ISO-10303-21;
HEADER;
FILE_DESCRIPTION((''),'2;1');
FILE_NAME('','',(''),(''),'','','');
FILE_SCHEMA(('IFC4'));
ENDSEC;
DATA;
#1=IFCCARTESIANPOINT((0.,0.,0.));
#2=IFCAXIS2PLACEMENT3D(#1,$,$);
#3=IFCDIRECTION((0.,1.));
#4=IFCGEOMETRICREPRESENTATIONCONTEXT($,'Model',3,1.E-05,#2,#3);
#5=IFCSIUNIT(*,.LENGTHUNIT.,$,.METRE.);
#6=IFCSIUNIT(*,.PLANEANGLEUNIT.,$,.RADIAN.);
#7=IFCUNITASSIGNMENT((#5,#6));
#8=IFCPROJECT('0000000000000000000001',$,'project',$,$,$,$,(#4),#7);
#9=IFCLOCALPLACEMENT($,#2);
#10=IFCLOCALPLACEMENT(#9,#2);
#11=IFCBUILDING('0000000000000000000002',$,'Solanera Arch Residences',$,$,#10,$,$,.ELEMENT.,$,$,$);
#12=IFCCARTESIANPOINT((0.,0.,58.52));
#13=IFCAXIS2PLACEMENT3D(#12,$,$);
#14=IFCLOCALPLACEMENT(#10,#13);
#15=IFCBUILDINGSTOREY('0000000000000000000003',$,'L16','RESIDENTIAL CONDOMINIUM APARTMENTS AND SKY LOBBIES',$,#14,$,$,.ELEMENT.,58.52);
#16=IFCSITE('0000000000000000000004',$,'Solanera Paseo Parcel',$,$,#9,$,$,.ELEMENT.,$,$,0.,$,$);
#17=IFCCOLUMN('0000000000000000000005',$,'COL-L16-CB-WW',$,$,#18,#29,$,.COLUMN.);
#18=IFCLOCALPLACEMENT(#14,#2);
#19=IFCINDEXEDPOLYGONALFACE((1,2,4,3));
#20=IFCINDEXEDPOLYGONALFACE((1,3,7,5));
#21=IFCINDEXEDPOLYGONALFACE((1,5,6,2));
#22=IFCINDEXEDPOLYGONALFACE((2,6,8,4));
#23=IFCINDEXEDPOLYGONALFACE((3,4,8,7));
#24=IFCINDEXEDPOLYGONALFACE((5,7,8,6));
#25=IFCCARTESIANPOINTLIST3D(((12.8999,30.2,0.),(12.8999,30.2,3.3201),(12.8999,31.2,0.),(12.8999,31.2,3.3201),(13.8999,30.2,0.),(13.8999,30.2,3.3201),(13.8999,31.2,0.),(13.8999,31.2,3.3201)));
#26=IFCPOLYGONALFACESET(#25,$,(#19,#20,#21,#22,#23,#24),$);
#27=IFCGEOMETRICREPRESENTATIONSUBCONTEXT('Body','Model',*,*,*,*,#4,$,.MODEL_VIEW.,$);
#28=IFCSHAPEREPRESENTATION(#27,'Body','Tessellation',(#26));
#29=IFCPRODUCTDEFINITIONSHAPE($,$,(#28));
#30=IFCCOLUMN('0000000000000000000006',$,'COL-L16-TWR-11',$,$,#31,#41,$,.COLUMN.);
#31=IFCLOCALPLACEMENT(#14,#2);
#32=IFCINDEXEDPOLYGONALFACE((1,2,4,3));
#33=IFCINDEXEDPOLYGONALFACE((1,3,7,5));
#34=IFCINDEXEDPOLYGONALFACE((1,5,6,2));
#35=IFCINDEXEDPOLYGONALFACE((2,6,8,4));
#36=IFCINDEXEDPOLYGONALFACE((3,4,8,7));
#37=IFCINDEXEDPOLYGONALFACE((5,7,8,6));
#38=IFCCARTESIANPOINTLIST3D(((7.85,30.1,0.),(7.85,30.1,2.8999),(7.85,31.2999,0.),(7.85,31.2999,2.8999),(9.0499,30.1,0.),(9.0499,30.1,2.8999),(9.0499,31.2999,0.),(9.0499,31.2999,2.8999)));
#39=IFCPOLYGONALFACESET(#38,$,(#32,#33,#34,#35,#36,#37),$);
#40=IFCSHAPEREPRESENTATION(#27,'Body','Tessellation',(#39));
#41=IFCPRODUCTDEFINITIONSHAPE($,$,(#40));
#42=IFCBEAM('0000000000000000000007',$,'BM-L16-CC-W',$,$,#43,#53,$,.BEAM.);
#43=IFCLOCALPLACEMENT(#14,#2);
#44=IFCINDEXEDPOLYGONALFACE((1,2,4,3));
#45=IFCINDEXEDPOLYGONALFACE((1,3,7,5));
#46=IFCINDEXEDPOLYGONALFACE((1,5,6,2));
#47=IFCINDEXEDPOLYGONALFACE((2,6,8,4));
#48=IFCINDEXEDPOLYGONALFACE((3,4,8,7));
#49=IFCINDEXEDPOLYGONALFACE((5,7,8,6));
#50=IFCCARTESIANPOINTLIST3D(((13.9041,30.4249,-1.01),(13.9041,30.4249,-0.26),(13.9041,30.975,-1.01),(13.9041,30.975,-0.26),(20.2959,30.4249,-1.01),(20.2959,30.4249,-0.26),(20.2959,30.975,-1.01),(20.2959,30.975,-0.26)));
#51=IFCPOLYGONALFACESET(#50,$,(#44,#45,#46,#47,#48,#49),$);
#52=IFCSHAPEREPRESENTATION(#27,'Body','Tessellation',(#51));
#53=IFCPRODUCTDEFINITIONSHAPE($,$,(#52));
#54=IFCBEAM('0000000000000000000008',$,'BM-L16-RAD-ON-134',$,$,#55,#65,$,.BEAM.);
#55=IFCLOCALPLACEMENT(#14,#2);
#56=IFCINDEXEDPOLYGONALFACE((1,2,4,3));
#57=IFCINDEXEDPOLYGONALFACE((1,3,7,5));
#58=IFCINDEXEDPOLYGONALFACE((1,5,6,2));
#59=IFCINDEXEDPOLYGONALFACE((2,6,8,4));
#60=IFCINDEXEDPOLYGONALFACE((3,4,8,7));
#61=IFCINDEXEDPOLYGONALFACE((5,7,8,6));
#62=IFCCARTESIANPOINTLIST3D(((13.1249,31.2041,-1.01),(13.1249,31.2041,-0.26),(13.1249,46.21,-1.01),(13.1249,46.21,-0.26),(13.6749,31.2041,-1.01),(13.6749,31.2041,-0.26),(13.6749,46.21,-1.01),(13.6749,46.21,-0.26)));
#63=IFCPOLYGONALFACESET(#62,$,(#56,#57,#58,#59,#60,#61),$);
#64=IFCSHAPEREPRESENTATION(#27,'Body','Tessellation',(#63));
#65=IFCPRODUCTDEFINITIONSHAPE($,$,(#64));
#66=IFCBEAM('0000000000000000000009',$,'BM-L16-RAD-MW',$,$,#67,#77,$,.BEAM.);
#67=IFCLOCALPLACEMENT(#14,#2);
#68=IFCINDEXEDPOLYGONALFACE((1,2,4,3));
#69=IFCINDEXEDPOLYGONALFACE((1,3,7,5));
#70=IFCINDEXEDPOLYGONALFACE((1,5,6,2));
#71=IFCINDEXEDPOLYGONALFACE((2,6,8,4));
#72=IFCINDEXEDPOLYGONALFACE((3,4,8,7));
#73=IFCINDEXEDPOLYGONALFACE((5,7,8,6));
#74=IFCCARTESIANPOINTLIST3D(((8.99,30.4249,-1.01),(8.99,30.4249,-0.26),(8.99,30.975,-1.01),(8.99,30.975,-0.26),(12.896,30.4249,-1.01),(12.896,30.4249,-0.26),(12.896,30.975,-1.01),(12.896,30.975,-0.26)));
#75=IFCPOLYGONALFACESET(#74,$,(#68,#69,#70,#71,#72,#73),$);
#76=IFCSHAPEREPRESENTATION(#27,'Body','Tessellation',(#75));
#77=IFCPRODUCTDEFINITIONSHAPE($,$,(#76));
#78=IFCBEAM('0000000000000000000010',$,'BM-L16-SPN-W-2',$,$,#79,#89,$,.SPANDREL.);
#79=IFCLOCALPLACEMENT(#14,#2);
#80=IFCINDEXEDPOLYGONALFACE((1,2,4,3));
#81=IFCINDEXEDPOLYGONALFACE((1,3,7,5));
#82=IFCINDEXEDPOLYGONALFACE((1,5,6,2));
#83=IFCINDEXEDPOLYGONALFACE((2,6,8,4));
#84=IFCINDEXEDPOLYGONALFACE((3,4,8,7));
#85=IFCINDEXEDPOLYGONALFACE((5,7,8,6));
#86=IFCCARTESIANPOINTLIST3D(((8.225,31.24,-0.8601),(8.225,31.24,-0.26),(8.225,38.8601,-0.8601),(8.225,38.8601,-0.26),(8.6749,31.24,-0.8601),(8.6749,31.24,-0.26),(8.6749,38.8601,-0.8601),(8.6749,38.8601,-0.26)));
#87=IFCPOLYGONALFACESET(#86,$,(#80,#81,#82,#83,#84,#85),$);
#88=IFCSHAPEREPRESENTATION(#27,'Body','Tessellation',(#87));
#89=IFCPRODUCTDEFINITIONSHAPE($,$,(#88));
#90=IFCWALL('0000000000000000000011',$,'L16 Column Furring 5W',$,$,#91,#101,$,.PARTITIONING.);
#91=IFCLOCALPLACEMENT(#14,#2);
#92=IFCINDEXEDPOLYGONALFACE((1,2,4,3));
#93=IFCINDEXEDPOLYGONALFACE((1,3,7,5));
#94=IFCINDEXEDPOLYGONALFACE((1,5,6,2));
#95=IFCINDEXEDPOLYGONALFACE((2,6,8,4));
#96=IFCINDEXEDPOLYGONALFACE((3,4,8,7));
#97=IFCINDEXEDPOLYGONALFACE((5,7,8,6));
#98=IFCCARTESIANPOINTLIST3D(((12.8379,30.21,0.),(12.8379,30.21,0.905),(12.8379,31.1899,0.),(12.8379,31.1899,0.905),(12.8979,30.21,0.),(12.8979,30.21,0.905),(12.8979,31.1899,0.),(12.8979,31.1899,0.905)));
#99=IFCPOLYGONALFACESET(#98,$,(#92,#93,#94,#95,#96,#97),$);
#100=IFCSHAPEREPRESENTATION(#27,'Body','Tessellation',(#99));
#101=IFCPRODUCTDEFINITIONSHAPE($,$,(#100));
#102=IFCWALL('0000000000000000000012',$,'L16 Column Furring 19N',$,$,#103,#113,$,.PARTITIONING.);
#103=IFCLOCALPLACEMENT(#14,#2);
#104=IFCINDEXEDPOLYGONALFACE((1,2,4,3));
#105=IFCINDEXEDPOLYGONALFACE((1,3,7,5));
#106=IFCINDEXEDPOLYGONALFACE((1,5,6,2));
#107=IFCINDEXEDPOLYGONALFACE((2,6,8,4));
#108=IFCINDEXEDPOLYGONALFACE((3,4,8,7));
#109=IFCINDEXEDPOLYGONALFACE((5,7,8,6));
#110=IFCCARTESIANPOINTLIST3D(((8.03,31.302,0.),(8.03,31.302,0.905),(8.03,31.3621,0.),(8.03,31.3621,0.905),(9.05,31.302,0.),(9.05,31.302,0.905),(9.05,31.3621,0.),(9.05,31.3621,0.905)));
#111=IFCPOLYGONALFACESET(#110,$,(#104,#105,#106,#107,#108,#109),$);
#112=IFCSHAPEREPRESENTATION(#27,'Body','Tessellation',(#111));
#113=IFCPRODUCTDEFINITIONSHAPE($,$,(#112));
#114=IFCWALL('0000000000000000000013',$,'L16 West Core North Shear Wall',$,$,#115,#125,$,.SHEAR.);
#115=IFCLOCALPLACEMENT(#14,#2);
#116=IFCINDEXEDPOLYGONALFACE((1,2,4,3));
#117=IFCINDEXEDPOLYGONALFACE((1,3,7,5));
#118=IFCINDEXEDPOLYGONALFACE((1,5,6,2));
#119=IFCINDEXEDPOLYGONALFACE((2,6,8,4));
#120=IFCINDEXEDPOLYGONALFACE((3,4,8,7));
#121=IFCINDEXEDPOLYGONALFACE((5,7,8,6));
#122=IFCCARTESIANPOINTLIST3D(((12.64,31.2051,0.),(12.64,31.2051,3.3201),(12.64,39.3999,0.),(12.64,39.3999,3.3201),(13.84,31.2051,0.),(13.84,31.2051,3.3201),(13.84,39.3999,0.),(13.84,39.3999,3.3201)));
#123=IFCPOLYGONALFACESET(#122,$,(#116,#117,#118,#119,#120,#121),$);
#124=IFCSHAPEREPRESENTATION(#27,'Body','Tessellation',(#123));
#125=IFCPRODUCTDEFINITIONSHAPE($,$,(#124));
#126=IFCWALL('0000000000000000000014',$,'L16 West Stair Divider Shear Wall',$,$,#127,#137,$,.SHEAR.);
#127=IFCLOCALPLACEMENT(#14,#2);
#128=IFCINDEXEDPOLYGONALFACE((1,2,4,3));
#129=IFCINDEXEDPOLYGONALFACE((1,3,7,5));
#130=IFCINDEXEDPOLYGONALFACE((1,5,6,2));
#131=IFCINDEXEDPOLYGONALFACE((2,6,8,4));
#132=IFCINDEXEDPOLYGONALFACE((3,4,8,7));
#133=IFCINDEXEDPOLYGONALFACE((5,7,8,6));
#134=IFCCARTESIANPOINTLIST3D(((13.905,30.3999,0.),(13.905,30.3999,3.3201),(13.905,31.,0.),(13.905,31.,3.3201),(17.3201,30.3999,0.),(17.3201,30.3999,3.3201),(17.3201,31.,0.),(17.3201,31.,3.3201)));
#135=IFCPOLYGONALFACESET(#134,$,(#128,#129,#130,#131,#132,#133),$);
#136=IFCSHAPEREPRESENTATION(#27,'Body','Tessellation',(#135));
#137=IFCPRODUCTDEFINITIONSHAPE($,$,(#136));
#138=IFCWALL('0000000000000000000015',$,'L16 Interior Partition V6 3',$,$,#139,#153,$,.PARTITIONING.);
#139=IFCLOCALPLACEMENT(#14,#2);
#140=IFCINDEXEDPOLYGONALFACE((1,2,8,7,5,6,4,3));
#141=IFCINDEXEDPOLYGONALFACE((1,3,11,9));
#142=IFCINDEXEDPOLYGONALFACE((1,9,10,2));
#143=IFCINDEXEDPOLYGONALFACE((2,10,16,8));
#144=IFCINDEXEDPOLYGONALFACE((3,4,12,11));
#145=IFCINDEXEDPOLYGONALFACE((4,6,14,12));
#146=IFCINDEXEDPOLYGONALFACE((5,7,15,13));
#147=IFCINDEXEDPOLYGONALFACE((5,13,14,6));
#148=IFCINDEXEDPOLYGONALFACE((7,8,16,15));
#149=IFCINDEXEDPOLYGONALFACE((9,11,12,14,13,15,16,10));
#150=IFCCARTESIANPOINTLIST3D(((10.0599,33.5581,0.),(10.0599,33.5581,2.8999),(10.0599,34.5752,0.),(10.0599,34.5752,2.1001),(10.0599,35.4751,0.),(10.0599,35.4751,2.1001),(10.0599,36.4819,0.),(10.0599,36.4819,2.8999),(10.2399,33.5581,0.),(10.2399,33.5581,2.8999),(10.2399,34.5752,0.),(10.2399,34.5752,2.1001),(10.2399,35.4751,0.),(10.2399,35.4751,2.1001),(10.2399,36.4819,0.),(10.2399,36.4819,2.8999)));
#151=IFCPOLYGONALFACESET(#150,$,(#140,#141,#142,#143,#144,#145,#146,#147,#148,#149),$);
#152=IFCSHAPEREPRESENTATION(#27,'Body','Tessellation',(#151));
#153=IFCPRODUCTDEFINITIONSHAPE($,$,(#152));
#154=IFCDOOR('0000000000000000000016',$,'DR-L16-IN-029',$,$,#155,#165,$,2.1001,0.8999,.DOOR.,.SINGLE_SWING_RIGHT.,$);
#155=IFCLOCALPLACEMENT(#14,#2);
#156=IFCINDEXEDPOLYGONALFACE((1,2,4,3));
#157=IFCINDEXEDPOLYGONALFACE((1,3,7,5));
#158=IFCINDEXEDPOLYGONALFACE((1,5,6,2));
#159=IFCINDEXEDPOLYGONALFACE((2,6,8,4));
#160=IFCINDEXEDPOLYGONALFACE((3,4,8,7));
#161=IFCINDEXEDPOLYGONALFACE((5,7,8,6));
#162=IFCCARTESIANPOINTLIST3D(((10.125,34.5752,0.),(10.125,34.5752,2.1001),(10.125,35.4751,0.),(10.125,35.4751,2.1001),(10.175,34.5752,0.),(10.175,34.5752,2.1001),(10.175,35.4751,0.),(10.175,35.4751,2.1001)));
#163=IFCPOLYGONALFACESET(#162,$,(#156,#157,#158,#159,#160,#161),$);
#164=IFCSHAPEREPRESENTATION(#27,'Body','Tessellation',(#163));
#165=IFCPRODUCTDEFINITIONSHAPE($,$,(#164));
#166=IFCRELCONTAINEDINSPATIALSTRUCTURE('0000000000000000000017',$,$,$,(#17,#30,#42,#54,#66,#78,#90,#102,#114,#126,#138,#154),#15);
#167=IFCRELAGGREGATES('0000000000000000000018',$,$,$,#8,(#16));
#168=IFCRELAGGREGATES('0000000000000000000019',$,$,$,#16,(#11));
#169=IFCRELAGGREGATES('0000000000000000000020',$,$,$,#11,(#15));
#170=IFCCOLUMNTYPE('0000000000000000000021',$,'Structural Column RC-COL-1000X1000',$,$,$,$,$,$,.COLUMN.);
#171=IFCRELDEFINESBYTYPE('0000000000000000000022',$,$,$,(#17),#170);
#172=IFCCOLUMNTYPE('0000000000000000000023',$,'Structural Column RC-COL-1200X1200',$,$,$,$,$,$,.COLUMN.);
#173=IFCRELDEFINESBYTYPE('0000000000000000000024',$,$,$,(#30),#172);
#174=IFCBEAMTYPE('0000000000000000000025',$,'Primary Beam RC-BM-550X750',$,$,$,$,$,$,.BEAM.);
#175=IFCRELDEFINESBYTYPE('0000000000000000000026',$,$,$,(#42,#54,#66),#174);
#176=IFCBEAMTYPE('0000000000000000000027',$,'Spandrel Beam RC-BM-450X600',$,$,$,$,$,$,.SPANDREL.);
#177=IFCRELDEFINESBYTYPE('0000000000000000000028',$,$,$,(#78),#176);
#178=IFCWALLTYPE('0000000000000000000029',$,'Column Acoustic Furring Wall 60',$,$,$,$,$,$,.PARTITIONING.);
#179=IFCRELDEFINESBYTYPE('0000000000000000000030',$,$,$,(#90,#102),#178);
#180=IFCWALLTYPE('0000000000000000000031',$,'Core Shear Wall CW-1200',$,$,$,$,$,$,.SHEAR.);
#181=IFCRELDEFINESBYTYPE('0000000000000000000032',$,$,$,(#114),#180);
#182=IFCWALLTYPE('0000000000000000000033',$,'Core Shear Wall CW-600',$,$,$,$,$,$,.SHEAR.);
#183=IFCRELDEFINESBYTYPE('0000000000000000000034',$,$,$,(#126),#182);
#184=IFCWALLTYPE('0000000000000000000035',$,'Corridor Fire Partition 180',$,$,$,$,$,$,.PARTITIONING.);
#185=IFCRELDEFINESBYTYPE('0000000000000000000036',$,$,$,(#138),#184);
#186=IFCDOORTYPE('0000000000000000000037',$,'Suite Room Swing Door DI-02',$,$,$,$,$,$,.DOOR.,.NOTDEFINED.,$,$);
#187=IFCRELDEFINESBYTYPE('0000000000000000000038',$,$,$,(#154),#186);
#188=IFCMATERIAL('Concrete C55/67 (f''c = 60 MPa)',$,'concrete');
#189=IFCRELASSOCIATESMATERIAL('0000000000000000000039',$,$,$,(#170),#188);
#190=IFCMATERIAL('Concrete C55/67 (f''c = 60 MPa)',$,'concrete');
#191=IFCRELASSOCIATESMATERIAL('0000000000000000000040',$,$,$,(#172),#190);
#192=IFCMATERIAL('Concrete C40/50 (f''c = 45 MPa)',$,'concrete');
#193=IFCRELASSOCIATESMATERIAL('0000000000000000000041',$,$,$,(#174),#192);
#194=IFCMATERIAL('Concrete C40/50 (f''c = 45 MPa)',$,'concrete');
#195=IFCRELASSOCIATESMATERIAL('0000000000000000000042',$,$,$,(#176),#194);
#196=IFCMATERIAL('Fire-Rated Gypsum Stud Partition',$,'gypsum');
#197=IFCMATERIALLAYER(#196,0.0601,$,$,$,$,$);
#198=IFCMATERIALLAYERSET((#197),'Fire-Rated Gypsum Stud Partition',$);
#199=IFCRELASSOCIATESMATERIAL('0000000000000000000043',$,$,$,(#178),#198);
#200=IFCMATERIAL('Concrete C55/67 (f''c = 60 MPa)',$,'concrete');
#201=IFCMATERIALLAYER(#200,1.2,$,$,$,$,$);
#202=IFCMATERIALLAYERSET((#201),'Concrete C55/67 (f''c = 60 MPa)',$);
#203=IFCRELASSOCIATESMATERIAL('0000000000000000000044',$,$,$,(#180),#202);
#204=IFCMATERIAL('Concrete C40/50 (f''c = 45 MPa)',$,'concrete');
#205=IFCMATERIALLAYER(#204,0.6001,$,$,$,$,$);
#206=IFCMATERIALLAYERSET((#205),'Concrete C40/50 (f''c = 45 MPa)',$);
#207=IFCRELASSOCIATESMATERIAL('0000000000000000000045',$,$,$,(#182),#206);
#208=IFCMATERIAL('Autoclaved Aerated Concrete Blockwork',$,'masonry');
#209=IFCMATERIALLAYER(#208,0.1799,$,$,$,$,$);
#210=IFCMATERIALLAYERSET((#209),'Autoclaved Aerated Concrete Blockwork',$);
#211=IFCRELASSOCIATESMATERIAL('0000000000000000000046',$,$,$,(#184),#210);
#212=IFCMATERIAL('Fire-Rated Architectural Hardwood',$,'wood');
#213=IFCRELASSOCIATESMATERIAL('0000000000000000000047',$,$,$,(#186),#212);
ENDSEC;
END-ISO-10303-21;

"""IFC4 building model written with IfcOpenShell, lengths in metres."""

from ifc_helpers import new_model, si_unit, direction, frame, frame_2d, origin, origin_2d, place, context, subcontext, project, spatial, rectangle, extrude, material, layer, layer_set, material_profile, profile_set, type_object, element, fill, save


model = new_model("IFC4")

# Units and contexts
model_context = context("Model", 3, precision=1e-05, world=origin(), true_north=direction((0.0, 1.0)))
body_context = subcontext(model_context, "Body", "Model", "MODEL_VIEW")
ifc_project = project(units=[si_unit("LENGTHUNIT", "METRE"), si_unit("PLANEANGLEUNIT", "RADIAN")], contexts=[model_context])

# Site, building, storey
site_placement = place(None, origin())
site = spatial("IfcSite", under=ifc_project, at=site_placement, Name="Solanera Paseo Parcel", CompositionType="ELEMENT", RefElevation=0.0)
building_placement = place(site_placement, origin())
building = spatial("IfcBuilding", under=site, at=building_placement, Name="Solanera Arch Residences", CompositionType="ELEMENT")
storey_placement = place(building_placement, frame((0.0, 0.0, 58.52)))
storey = spatial("IfcBuildingStorey", under=building, at=storey_placement, Name="L16", Description="RESIDENTIAL CONDOMINIUM APARTMENTS AND SKY LOBBIES", CompositionType="ELEMENT", Elevation=58.52)

# Columns
ifc_material_1 = material(Name="Concrete C55/67 (f'c = 60 MPa)", Category="concrete")
ifc_material_profile_1 = material_profile(ifc_material_1, rectangle(XDim=1.0, YDim=1.0, at=origin_2d()))
ifc_profile_set_1 = profile_set([ifc_material_profile_1], Name="Concrete C55/67 (f'c = 60 MPa)")
column_type_1 = type_object("IfcColumnType", Name="Structural Column RC-COL-1000X1000", PredefinedType="COLUMN", material=ifc_profile_set_1)
column_1_placement = place(storey_placement, frame((13.3999, 30.7, 0.0), z_axis=(0.0, 0.0, 1.0), x_axis=(1.0, 0.0, 0.0)))
element("IfcColumn", 1, at=column_1_placement, inside=storey, type_object=column_type_1, Name="COL-L16-CB-WW", PredefinedType="COLUMN", context=body_context, shape_type="SweptSolid", body=[
    extrude(rectangle(XDim=1.0, YDim=1.0, at=origin_2d()), origin(), (0.0, 0.0, 1.0), 3.3201),
])
ifc_material_2 = material(Name="Concrete C55/67 (f'c = 60 MPa)", Category="concrete")
ifc_material_profile_2 = material_profile(ifc_material_2, rectangle(XDim=1.2, YDim=1.2, at=origin_2d()))
ifc_profile_set_2 = profile_set([ifc_material_profile_2], Name="Concrete C55/67 (f'c = 60 MPa)")
column_type_2 = type_object("IfcColumnType", Name="Structural Column RC-COL-1200X1200", PredefinedType="COLUMN", material=ifc_profile_set_2)
column_2_placement = place(storey_placement, frame((8.45, 30.7, 0.0), z_axis=(0.0, 0.0, 1.0), x_axis=(1.0, 0.0, 0.0)))
element("IfcColumn", 2, at=column_2_placement, inside=storey, type_object=column_type_2, Name="COL-L16-TWR-11", PredefinedType="COLUMN", context=body_context, shape_type="SweptSolid", body=[
    extrude(rectangle(XDim=1.2, YDim=1.2, at=origin_2d()), origin(), (0.0, 0.0, 1.0), 2.8999),
])

# Beams
ifc_material_3 = material(Name="Concrete C40/50 (f'c = 45 MPa)", Category="concrete")
ifc_material_profile_3 = material_profile(ifc_material_3, rectangle(XDim=0.55, YDim=0.75, at=origin_2d()))
ifc_profile_set_3 = profile_set([ifc_material_profile_3], Name="Concrete C40/50 (f'c = 45 MPa)")
beam_type_1 = type_object("IfcBeamType", Name="Primary Beam RC-BM-550X750", PredefinedType="BEAM", material=ifc_profile_set_3)
beam_1_placement = place(storey_placement, frame((13.9041, 30.7, -0.635), z_axis=(1.0, 0.0, 0.0), x_axis=(0.0, 1.0, 0.0)))
element("IfcBeam", 3, at=beam_1_placement, inside=storey, type_object=beam_type_1, Name="BM-L16-CC-W", PredefinedType="BEAM", context=body_context, shape_type="SweptSolid", body=[
    extrude(rectangle(XDim=0.55, YDim=0.75, at=origin_2d()), origin(), (0.0, 0.0, 1.0), 6.3918),
])
beam_2_placement = place(storey_placement, frame((13.3999, 31.2041, -0.635), z_axis=(0.0, 1.0, 0.0), x_axis=(-1.0, 0.0, 0.0)))
element("IfcBeam", 4, at=beam_2_placement, inside=storey, type_object=beam_type_1, Name="BM-L16-RAD-ON-134", PredefinedType="BEAM", context=body_context, shape_type="SweptSolid", body=[
    extrude(rectangle(XDim=0.55, YDim=0.75, at=origin_2d()), origin(), (0.0, 0.0, 1.0), 15.0059),
])
beam_3_placement = place(storey_placement, frame((8.99, 30.7, -0.635), z_axis=(1.0, 0.0, 0.0), x_axis=(0.0, 1.0, 0.0)))
element("IfcBeam", 5, at=beam_3_placement, inside=storey, type_object=beam_type_1, Name="BM-L16-RAD-MW", PredefinedType="BEAM", context=body_context, shape_type="SweptSolid", body=[
    extrude(rectangle(XDim=0.55, YDim=0.75, at=origin_2d()), origin(), (0.0, 0.0, 1.0), 3.906),
])
ifc_material_4 = material(Name="Concrete C40/50 (f'c = 45 MPa)", Category="concrete")
ifc_material_profile_4 = material_profile(ifc_material_4, rectangle(XDim=0.45, YDim=0.6001, at=origin_2d()))
ifc_profile_set_4 = profile_set([ifc_material_profile_4], Name="Concrete C40/50 (f'c = 45 MPa)")
beam_type_2 = type_object("IfcBeamType", Name="Spandrel Beam RC-BM-450X600", PredefinedType="SPANDREL", material=ifc_profile_set_4)
beam_4_placement = place(storey_placement, frame((8.45, 31.24, -0.5601), z_axis=(0.0, 1.0, 0.0), x_axis=(-1.0, 0.0, 0.0)))
element("IfcBeam", 6, at=beam_4_placement, inside=storey, type_object=beam_type_2, Name="BM-L16-SPN-W-2", PredefinedType="SPANDREL", context=body_context, shape_type="SweptSolid", body=[
    extrude(rectangle(XDim=0.45, YDim=0.6001, at=origin_2d()), origin(), (0.0, 0.0, 1.0), 7.6201),
])

# Walls
ifc_material_5 = material(Name="Fire-Rated Gypsum Stud Partition", Category="gypsum")
ifc_layer_1 = layer(ifc_material_5, 0.0601)
ifc_layer_set_1 = layer_set([ifc_layer_1], Name="Fire-Rated Gypsum Stud Partition")
wall_type_1 = type_object("IfcWallType", Name="Column Acoustic Furring Wall 60", PredefinedType="PARTITIONING", material=ifc_layer_set_1)
wall_1_placement = place(storey_placement, frame((12.8679, 30.21, 0.0), z_axis=(0.0, 0.0, 1.0), x_axis=(0.0, 1.0, 0.0)))
element("IfcWall", 7, at=wall_1_placement, inside=storey, type_object=wall_type_1, Name="L16 Column Furring 5W", PredefinedType="PARTITIONING", context=body_context, shape_type="SweptSolid", body=[
    extrude(rectangle(XDim=0.98, YDim=0.0601, at=frame_2d((0.49, 0.0))), origin(), (0.0, 0.0, 1.0), 0.905),
])
wall_2_placement = place(storey_placement, frame((8.03, 31.332, 0.0), z_axis=(0.0, 0.0, 1.0), x_axis=(1.0, 0.0, 0.0)))
element("IfcWall", 8, at=wall_2_placement, inside=storey, type_object=wall_type_1, Name="L16 Column Furring 19N", PredefinedType="PARTITIONING", context=body_context, shape_type="SweptSolid", body=[
    extrude(rectangle(XDim=1.02, YDim=0.0601, at=frame_2d((0.51, 0.0))), origin(), (0.0, 0.0, 1.0), 0.905),
])
ifc_material_6 = material(Name="Concrete C55/67 (f'c = 60 MPa)", Category="concrete")
ifc_layer_2 = layer(ifc_material_6, 1.2)
ifc_layer_set_2 = layer_set([ifc_layer_2], Name="Concrete C55/67 (f'c = 60 MPa)")
wall_type_2 = type_object("IfcWallType", Name="Core Shear Wall CW-1200", PredefinedType="SHEAR", material=ifc_layer_set_2)
wall_3_placement = place(storey_placement, frame((13.24, 31.2051, 0.0), z_axis=(0.0, 0.0, 1.0), x_axis=(0.0, 1.0, 0.0)))
element("IfcWall", 9, at=wall_3_placement, inside=storey, type_object=wall_type_2, Name="L16 West Core North Shear Wall", PredefinedType="SHEAR", context=body_context, shape_type="SweptSolid", body=[
    extrude(rectangle(XDim=8.1948, YDim=1.2, at=frame_2d((4.0974, 0.0))), origin(), (0.0, 0.0, 1.0), 3.3201),
])
ifc_material_7 = material(Name="Concrete C40/50 (f'c = 45 MPa)", Category="concrete")
ifc_layer_3 = layer(ifc_material_7, 0.6001)
ifc_layer_set_3 = layer_set([ifc_layer_3], Name="Concrete C40/50 (f'c = 45 MPa)")
wall_type_3 = type_object("IfcWallType", Name="Core Shear Wall CW-600", PredefinedType="SHEAR", material=ifc_layer_set_3)
wall_4_placement = place(storey_placement, frame((13.905, 30.7, 0.0), z_axis=(0.0, 0.0, 1.0), x_axis=(1.0, 0.0, 0.0)))
element("IfcWall", 10, at=wall_4_placement, inside=storey, type_object=wall_type_3, Name="L16 West Stair Divider Shear Wall", PredefinedType="SHEAR", context=body_context, shape_type="SweptSolid", body=[
    extrude(rectangle(XDim=3.415, YDim=0.6001, at=frame_2d((1.7075, 0.0))), origin(), (0.0, 0.0, 1.0), 3.3201),
])

# Wall, opening, door
ifc_material_8 = material(Name="Autoclaved Aerated Concrete Blockwork", Category="masonry")
ifc_layer_4 = layer(ifc_material_8, 0.1799)
ifc_layer_set_4 = layer_set([ifc_layer_4], Name="Autoclaved Aerated Concrete Blockwork")
wall_type_4 = type_object("IfcWallType", Name="Corridor Fire Partition 180", PredefinedType="PARTITIONING", material=ifc_layer_set_4)
wall_5_placement = place(storey_placement, frame((10.1499, 33.5581, 0.0), z_axis=(0.0, 0.0, 1.0), x_axis=(0.0, 1.0, 0.0)))
wall_5 = element("IfcWall", 11, at=wall_5_placement, inside=storey, type_object=wall_type_4, Name="L16 Interior Partition V6 3", PredefinedType="PARTITIONING", context=body_context, shape_type="SweptSolid", body=[
    extrude(rectangle(XDim=2.9238, YDim=0.1799, at=frame_2d((1.4619, 0.0))), origin(), (0.0, 0.0, 1.0), 2.8999),
])
opening_placement = place(wall_5_placement, frame((1.0171, 0.0, 0.0)))
opening = element("IfcOpeningElement", 12, at=opening_placement, cuts=wall_5, PredefinedType="OPENING", context=body_context, shape_type="SweptSolid", body=[
    extrude(rectangle(XDim=0.8999, YDim=2.1001, at=frame_2d((0.45, 1.05))), frame((0.0, 0.1001, 0.0), z_axis=(0.0, -1.0, 0.0), x_axis=(1.0, 0.0, 0.0)), (0.0, 0.0, 1.0), 0.1999),
])
ifc_material_9 = material(Name="Fire-Rated Architectural Hardwood", Category="wood")
door_type = type_object("IfcDoorType", Name="Suite Room Swing Door DI-02", OperationType="NOTDEFINED", PredefinedType="DOOR", material=ifc_material_9)
door_placement = place(opening_placement, origin())
door = element("IfcDoor", 13, at=door_placement, inside=storey, type_object=door_type, Name="DR-L16-IN-029", OperationType="SINGLE_SWING_RIGHT", OverallHeight=2.1001, OverallWidth=0.8999, PredefinedType="DOOR", context=body_context, shape_type="SweptSolid", body=[
    extrude(rectangle(XDim=0.8999, YDim=2.1001, at=frame_2d((0.45, 1.05))), frame((0.0, 0.0249, 0.0), z_axis=(0.0, -1.0, 0.0), x_axis=(1.0, 0.0, 0.0)), (0.0, 0.0, 1.0), 0.05),
])
fill(opening, door)

save(model, "model.ifc")
